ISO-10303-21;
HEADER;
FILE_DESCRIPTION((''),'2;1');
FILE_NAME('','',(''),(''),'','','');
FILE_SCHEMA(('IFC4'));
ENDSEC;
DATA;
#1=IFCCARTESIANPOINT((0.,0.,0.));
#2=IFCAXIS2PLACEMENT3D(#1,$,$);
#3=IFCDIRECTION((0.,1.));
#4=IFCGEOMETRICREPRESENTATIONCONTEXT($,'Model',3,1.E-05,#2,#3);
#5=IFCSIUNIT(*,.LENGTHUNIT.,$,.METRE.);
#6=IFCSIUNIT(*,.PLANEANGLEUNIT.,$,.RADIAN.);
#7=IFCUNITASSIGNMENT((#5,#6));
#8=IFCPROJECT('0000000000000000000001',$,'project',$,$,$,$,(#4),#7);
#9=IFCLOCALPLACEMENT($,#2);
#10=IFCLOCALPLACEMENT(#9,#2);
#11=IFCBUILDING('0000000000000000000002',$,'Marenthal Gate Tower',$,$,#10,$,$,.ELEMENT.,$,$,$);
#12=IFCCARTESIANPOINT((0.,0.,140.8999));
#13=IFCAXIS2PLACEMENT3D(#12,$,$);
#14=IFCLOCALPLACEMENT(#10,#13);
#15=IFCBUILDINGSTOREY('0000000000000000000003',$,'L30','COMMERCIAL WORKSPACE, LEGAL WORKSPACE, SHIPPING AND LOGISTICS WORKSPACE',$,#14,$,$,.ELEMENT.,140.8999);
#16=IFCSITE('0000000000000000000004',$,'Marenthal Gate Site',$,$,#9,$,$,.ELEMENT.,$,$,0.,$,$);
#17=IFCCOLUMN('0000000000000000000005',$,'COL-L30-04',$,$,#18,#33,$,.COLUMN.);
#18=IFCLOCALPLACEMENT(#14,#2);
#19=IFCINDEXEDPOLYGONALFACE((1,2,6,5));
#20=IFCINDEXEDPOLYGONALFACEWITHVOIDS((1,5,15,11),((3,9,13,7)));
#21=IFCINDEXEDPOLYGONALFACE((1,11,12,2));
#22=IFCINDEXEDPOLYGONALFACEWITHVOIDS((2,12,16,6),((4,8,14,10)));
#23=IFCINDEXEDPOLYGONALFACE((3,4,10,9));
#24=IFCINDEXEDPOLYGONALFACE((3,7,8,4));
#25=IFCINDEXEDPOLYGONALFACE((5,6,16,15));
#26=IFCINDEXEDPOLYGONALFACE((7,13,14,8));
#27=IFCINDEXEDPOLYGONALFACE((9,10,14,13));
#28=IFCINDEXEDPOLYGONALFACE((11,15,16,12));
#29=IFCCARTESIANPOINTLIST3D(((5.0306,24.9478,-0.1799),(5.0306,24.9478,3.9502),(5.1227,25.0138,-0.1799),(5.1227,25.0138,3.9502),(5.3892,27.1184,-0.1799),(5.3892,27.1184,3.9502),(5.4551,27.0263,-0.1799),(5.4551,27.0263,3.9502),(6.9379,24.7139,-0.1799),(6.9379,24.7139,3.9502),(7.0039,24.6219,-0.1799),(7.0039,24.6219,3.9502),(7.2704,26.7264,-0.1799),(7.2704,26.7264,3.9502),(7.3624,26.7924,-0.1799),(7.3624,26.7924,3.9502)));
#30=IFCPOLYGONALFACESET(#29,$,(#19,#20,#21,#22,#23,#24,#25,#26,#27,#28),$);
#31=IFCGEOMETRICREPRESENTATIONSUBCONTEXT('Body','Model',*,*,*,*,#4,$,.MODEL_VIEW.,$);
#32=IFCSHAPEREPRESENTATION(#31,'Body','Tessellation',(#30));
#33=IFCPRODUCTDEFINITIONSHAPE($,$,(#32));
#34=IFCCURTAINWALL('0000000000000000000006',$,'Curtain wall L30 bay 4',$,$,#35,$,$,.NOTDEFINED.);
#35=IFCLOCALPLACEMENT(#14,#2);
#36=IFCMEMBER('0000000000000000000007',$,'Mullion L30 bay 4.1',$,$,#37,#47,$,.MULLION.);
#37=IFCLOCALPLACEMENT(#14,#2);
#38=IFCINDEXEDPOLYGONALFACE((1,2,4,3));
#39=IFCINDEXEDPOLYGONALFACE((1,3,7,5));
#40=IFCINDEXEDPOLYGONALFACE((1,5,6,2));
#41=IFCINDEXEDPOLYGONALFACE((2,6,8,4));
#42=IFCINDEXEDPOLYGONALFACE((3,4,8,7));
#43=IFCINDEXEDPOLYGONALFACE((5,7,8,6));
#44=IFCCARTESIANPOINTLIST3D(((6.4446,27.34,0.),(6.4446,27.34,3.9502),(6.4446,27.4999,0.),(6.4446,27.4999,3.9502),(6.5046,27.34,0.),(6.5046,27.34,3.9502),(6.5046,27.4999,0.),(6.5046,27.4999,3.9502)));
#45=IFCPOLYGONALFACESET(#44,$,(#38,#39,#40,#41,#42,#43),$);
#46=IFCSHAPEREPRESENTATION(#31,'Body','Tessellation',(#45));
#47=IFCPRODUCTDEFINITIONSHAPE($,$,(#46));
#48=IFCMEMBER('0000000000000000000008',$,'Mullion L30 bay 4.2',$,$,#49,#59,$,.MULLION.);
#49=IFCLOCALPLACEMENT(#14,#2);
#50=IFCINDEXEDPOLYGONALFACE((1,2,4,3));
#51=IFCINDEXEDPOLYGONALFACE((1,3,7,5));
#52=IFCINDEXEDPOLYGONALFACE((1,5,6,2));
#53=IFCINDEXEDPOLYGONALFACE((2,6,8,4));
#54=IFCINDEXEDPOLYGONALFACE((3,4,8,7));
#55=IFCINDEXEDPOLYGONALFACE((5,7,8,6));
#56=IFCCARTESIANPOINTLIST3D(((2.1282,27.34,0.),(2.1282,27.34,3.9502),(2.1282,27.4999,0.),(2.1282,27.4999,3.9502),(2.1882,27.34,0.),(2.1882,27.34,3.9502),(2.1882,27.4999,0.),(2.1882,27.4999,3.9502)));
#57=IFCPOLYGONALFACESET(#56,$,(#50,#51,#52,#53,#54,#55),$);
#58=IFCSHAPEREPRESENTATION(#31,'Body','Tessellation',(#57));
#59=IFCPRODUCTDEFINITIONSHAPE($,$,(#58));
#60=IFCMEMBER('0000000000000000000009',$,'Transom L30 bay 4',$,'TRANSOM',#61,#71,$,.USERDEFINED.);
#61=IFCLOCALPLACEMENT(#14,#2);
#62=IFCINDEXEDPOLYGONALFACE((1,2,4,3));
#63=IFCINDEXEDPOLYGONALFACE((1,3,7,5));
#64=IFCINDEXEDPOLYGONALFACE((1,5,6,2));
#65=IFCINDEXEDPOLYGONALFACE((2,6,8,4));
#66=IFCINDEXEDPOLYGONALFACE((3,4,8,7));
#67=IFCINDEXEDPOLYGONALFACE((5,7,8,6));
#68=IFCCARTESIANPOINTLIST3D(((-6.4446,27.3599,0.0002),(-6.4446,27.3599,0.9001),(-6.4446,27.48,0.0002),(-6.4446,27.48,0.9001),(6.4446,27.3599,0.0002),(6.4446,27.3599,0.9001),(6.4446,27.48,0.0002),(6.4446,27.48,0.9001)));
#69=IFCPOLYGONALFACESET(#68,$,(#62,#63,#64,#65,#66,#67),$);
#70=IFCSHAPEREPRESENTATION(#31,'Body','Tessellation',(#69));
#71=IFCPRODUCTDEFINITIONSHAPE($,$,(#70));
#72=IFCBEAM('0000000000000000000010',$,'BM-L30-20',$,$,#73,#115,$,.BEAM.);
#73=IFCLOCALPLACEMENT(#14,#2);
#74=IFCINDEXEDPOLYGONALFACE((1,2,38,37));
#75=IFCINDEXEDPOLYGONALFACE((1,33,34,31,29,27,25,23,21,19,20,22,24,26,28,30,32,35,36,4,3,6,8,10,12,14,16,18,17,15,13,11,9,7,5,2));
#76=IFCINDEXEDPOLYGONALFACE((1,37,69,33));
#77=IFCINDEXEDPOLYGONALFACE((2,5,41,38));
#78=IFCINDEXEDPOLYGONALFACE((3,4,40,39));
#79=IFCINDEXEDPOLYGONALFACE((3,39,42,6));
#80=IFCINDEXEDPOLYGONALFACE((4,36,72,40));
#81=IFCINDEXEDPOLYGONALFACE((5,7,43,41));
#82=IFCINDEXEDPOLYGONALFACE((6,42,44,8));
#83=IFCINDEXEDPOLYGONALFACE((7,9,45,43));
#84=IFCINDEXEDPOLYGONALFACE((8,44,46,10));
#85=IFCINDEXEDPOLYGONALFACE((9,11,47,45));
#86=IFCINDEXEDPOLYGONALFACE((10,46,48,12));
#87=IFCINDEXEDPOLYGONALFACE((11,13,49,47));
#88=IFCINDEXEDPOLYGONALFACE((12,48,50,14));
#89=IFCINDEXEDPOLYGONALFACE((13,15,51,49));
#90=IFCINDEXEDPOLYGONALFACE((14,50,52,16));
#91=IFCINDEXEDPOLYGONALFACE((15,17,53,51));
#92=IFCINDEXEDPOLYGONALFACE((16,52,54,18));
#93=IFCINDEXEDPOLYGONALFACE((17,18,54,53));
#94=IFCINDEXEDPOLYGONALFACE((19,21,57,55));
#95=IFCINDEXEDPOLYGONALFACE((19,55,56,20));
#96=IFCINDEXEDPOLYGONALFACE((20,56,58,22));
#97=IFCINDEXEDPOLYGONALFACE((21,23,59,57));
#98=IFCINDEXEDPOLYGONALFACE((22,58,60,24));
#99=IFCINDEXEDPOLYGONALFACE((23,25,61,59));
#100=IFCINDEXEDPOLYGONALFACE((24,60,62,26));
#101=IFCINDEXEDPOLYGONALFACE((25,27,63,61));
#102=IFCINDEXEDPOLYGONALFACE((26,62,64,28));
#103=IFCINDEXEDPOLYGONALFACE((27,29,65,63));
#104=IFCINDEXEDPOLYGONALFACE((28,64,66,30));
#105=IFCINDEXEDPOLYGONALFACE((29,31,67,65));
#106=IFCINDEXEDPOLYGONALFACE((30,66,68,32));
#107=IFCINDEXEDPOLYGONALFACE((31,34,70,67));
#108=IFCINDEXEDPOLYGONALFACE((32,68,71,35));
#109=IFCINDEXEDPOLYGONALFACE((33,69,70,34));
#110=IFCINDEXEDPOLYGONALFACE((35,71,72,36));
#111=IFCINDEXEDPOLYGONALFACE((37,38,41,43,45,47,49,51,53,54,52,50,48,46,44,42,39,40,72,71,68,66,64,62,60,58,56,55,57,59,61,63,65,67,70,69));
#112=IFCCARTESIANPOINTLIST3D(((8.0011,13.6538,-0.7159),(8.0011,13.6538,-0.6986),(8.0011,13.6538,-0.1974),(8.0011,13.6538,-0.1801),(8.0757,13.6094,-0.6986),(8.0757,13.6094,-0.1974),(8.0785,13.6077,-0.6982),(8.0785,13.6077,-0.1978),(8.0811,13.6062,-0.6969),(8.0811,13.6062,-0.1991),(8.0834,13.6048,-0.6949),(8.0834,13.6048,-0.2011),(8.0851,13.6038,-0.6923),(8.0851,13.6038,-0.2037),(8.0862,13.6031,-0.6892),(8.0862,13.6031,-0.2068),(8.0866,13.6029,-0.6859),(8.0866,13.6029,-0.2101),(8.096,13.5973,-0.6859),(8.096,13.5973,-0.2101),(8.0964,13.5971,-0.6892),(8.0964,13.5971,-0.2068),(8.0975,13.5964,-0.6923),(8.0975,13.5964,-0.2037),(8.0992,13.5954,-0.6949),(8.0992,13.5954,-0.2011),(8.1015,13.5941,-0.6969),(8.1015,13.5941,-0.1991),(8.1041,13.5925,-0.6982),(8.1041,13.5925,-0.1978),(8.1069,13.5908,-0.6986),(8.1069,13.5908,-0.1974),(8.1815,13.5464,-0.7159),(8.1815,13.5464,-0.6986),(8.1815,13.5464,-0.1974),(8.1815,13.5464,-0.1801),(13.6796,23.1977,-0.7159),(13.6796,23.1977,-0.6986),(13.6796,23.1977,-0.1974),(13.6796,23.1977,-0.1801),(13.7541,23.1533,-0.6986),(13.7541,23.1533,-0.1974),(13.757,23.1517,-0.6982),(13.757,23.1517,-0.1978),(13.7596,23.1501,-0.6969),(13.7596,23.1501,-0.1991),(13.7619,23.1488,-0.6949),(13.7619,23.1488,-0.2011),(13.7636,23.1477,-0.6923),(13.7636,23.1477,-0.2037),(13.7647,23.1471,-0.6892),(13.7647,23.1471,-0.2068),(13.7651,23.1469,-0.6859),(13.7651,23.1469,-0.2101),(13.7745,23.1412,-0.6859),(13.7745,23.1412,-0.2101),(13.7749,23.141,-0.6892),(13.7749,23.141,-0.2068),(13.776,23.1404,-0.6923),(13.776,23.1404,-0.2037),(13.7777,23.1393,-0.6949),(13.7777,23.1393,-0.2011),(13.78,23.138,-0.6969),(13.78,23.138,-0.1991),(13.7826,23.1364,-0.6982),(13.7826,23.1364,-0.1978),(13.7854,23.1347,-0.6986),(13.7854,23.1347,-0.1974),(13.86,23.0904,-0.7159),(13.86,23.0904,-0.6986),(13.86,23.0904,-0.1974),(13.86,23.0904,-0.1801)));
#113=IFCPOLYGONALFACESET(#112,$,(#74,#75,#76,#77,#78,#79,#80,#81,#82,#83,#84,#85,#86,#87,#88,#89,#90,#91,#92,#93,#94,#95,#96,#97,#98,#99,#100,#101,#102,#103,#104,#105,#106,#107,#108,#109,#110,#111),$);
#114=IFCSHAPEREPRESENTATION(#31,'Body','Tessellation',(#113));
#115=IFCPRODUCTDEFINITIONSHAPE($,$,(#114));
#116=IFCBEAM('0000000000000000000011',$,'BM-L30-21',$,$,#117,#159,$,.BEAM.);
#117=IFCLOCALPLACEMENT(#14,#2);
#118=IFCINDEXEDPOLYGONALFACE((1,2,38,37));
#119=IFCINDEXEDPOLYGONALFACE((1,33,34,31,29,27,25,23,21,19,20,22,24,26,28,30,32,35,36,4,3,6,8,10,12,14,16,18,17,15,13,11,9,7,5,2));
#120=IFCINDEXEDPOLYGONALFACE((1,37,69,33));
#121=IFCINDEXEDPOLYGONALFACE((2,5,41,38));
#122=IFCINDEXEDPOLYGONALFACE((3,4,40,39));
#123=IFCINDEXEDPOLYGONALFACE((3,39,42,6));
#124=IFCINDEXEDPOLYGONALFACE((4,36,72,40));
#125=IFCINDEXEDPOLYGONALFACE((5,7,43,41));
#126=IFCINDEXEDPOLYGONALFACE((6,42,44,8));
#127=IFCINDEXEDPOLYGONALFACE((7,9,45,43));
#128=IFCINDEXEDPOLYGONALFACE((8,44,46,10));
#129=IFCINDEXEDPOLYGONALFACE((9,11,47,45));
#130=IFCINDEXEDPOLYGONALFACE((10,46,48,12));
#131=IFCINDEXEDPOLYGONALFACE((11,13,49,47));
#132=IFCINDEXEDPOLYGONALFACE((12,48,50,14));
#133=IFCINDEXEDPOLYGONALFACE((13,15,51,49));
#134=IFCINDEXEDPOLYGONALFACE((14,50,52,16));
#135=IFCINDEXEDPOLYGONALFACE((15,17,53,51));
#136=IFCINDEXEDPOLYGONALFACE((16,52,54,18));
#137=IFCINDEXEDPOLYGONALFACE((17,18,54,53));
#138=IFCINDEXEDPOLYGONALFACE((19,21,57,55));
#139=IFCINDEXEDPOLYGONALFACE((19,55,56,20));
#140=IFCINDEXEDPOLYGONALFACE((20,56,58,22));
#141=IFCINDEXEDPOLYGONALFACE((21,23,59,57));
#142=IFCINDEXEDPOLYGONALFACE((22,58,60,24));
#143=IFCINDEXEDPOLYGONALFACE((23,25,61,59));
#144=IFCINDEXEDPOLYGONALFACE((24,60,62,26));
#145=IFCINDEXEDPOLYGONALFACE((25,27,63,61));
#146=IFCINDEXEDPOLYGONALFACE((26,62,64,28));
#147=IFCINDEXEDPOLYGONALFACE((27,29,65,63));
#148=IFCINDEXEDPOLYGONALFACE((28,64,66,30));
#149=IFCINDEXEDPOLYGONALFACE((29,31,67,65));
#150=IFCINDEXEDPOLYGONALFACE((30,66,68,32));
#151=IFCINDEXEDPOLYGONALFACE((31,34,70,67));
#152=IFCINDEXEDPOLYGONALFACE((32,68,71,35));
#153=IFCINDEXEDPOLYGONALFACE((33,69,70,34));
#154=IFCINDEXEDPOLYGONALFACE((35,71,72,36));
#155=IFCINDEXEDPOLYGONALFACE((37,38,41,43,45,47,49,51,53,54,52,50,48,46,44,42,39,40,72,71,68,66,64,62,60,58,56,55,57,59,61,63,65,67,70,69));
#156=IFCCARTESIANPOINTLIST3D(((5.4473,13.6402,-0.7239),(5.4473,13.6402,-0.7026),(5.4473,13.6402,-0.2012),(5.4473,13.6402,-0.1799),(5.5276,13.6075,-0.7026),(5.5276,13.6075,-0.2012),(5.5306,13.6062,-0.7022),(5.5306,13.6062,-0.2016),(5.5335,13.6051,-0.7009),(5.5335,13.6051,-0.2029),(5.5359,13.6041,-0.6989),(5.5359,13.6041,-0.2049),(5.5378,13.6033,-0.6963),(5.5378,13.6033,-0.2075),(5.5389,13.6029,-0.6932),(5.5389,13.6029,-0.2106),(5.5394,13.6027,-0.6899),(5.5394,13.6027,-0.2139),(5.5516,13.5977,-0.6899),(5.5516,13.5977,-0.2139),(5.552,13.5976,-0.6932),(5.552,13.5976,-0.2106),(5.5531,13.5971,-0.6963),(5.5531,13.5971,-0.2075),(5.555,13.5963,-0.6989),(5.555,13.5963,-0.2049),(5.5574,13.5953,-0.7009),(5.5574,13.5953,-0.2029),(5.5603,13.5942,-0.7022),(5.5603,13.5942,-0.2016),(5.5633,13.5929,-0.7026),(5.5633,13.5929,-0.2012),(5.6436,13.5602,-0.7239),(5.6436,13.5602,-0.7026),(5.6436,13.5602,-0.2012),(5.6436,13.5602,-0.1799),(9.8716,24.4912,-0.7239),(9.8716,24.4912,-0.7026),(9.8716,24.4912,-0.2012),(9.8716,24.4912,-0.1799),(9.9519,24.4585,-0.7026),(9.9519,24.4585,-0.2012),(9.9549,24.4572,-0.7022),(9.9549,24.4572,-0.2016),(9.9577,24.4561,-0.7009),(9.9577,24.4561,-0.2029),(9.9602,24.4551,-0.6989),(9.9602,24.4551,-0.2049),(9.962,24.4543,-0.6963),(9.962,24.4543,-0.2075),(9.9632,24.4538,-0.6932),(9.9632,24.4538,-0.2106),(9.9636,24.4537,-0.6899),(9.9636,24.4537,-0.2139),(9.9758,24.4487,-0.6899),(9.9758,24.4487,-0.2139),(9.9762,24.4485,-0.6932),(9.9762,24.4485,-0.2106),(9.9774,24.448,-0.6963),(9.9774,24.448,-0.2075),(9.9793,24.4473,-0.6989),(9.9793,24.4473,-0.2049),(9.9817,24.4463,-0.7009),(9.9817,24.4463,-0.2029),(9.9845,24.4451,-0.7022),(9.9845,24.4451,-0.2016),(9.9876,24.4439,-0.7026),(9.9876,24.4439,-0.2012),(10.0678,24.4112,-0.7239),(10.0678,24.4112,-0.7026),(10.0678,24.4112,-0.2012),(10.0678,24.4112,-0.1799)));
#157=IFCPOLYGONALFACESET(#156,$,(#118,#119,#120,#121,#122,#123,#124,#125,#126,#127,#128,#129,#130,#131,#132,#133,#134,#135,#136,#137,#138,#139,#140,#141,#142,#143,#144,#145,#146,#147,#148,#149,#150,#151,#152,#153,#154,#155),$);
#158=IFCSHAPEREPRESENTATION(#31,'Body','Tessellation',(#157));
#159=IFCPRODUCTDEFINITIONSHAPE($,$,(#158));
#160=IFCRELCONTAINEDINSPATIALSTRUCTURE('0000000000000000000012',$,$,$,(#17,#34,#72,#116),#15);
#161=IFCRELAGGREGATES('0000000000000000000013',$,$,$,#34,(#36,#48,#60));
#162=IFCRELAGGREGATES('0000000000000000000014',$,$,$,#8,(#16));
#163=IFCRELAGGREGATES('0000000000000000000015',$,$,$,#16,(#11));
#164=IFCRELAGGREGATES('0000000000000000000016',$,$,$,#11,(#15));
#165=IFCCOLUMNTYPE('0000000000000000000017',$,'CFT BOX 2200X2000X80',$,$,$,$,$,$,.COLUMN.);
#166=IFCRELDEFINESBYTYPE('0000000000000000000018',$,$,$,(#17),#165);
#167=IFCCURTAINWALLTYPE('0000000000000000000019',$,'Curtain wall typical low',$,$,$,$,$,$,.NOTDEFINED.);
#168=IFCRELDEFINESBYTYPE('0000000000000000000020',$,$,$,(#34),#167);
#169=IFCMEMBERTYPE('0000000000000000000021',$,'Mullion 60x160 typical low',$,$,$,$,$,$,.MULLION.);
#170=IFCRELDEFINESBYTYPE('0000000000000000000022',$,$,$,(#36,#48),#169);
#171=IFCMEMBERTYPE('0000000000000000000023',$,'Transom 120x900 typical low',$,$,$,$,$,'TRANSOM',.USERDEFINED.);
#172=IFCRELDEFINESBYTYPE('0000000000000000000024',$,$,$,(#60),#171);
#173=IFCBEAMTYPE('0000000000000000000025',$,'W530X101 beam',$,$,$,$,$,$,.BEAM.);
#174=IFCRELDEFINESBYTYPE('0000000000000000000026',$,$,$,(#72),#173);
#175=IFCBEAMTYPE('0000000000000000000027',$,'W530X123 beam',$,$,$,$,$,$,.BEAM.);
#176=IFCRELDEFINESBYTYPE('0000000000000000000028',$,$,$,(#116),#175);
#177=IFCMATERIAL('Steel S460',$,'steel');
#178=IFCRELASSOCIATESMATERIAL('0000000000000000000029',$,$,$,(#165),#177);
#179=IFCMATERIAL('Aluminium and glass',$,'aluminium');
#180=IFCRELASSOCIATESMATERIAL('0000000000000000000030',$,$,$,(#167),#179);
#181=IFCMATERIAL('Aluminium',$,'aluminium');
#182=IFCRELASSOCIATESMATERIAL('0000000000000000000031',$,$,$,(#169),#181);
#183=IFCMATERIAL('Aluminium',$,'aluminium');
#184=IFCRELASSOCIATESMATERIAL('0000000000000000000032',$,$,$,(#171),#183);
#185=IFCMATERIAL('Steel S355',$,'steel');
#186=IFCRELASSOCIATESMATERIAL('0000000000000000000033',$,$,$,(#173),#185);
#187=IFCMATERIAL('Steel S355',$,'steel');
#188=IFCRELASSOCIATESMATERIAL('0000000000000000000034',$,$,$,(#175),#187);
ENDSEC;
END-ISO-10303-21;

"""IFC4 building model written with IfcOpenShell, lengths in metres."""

from ifc_helpers import new_model, si_unit, direction, frame, origin, origin_2d, place, context, subcontext, project, spatial, rectangle, hollow_rectangle, i_section, extrude, material, material_profile, profile_set, type_object, element, aggregate, save


model = new_model("IFC4")

# Units and contexts
model_context = context("Model", 3, precision=1e-05, world=origin(), true_north=direction((0.0, 1.0)))
body_context = subcontext(model_context, "Body", "Model", "MODEL_VIEW")
ifc_project = project(units=[si_unit("LENGTHUNIT", "METRE"), si_unit("PLANEANGLEUNIT", "RADIAN")], contexts=[model_context])

# Site, building, storey
site_placement = place(None, origin())
site = spatial("IfcSite", under=ifc_project, at=site_placement, Name="Marenthal Gate Site", CompositionType="ELEMENT", RefElevation=0.0)
building_placement = place(site_placement, origin())
building = spatial("IfcBuilding", under=site, at=building_placement, Name="Marenthal Gate Tower", CompositionType="ELEMENT")
storey_placement = place(building_placement, frame((0.0, 0.0, 140.8999)))
storey = spatial("IfcBuildingStorey", under=building, at=storey_placement, Name="L30", Description="COMMERCIAL WORKSPACE, LEGAL WORKSPACE, SHIPPING AND LOGISTICS WORKSPACE", CompositionType="ELEMENT", Elevation=140.8999)

# Column
ifc_material_1 = material(Name="Steel S460", Category="steel")
ifc_material_profile_1 = material_profile(ifc_material_1, hollow_rectangle(XDim=2.0, YDim=2.2, WallThickness=0.0801, at=origin_2d()), Name="CFT BOX 2200X2000X80")
ifc_material_2 = material(Name="Concrete 70 MPa", Category="concrete")
ifc_material_profile_2 = material_profile(ifc_material_2, rectangle(XDim=1.8401, YDim=2.04, at=origin_2d()), Name="CFT BOX 2200X2000X80 INFILL")
ifc_profile_set_1 = profile_set([ifc_material_profile_1, ifc_material_profile_2], Name="Steel S460 shell, Concrete 70 MPa infill")
column_type = type_object("IfcColumnType", Name="CFT BOX 2200X2000X80", PredefinedType="COLUMN", material=ifc_profile_set_1)
column_placement = place(storey_placement, frame((6.1965, 25.8701, -0.1799), z_axis=(0.0, 0.0, 1.0), x_axis=(0.986629, -0.16298, 0.0)))
element("IfcColumn", 1, at=column_placement, inside=storey, type_object=column_type, Name="COL-L30-04", PredefinedType="COLUMN", context=body_context, shape_type="SweptSolid", body=[
    extrude(hollow_rectangle(XDim=2.0, YDim=2.2, WallThickness=0.0801, at=origin_2d()), origin(), (0.0, 0.0, 1.0), 4.1301),
])

# Curtain wall, members
ifc_material_3 = material(Name="Aluminium and glass", Category="aluminium")
curtain_wall_type = type_object("IfcCurtainWallType", Name="Curtain wall typical low", PredefinedType="NOTDEFINED", material=ifc_material_3)
curtain_wall_placement = place(storey_placement, origin())
curtain_wall = element("IfcCurtainWall", 2, at=curtain_wall_placement, inside=storey, type_object=curtain_wall_type, Name="Curtain wall L30 bay 4", PredefinedType="NOTDEFINED")
ifc_material_4 = material(Name="Aluminium", Category="aluminium")
ifc_material_profile_3 = material_profile(ifc_material_4, rectangle(XDim=0.1599, YDim=0.0601, at=origin_2d()), Name="60x160 aluminium mullion")
ifc_profile_set_2 = profile_set([ifc_material_profile_3], Name="Aluminium")
member_type_1 = type_object("IfcMemberType", Name="Mullion 60x160 typical low", PredefinedType="MULLION", material=ifc_profile_set_2)
member_1_placement = place(storey_placement, frame((6.4746, 27.4199, 0.0), z_axis=(0.0, 0.0, 1.0), x_axis=(0.0, -1.0, 0.0)))
member_1 = element("IfcMember", 3, at=member_1_placement, type_object=member_type_1, Name="Mullion L30 bay 4.1", PredefinedType="MULLION", context=body_context, shape_type="SweptSolid", body=[
    extrude(rectangle(XDim=0.1599, YDim=0.0601, at=origin_2d()), origin(), (0.0, 0.0, 1.0), 3.9502),
])
member_2_placement = place(storey_placement, frame((2.1582, 27.4199, 0.0), z_axis=(0.0, 0.0, 1.0), x_axis=(0.0, -1.0, 0.0)))
member_2 = element("IfcMember", 4, at=member_2_placement, type_object=member_type_1, Name="Mullion L30 bay 4.2", PredefinedType="MULLION", context=body_context, shape_type="SweptSolid", body=[
    extrude(rectangle(XDim=0.1599, YDim=0.0601, at=origin_2d()), origin(), (0.0, 0.0, 1.0), 3.9502),
])
ifc_material_5 = material(Name="Aluminium", Category="aluminium")
ifc_material_profile_4 = material_profile(ifc_material_5, rectangle(XDim=0.1201, YDim=0.8999, at=origin_2d()), Name="120x900 aluminium transom")
ifc_profile_set_3 = profile_set([ifc_material_profile_4], Name="Aluminium")
member_type_2 = type_object("IfcMemberType", Name="Transom 120x900 typical low", ElementType="TRANSOM", PredefinedType="USERDEFINED", material=ifc_profile_set_3)
member_3_placement = place(storey_placement, frame((6.4446, 27.4199, 0.4502), z_axis=(-1.0, 0.0, 0.0), x_axis=(0.0, -1.0, 0.0)))
member_3 = element("IfcMember", 5, at=member_3_placement, type_object=member_type_2, Name="Transom L30 bay 4", ObjectType="TRANSOM", PredefinedType="USERDEFINED", context=body_context, shape_type="SweptSolid", body=[
    extrude(rectangle(XDim=0.1201, YDim=0.8999, at=origin_2d()), origin(), (0.0, 0.0, 1.0), 12.8892),
])

# Beams
ifc_material_6 = material(Name="Steel S355", Category="steel")
ifc_material_profile_5 = material_profile(ifc_material_6, i_section(OverallWidth=0.21, OverallDepth=0.5359, WebThickness=0.011, FlangeThickness=0.0173, FilletRadius=0.0127, at=origin_2d()), Name="W530X101")
ifc_profile_set_4 = profile_set([ifc_material_profile_5], Name="Steel S355")
beam_type_1 = type_object("IfcBeamType", Name="W530X101 beam", PredefinedType="BEAM", material=ifc_profile_set_4)
beam_1_placement = place(storey_placement, frame((13.7698, 23.144, -0.448), z_axis=(-0.511321, -0.85939, 0.0), x_axis=(0.85939, -0.511321, 0.0)))
element("IfcBeam", 6, at=beam_1_placement, inside=storey, type_object=beam_type_1, Name="BM-L30-20", PredefinedType="BEAM", context=body_context, shape_type="SweptSolid", body=[
    extrude(i_section(OverallWidth=0.21, OverallDepth=0.5359, WebThickness=0.011, FlangeThickness=0.0173, FilletRadius=0.0127, at=origin_2d()), origin(), (0.0, 0.0, 1.0), 11.1055),
])
ifc_material_7 = material(Name="Steel S355", Category="steel")
ifc_material_profile_6 = material_profile(ifc_material_7, i_section(OverallWidth=0.2119, OverallDepth=0.5439, WebThickness=0.0132, FlangeThickness=0.0212, FilletRadius=0.0127, at=origin_2d()), Name="W530X123")
ifc_profile_set_5 = profile_set([ifc_material_profile_6], Name="Steel S355")
beam_type_2 = type_object("IfcBeamType", Name="W530X123 beam", PredefinedType="BEAM", material=ifc_profile_set_5)
beam_2_placement = place(storey_placement, frame((9.9697, 24.4512, -0.4519), z_axis=(-0.377554, -0.925988, 0.0), x_axis=(0.925988, -0.377554, 0.0)))
element("IfcBeam", 7, at=beam_2_placement, inside=storey, type_object=beam_type_2, Name="BM-L30-21", PredefinedType="BEAM", context=body_context, shape_type="SweptSolid", body=[
    extrude(i_section(OverallWidth=0.2119, OverallDepth=0.5439, WebThickness=0.0132, FlangeThickness=0.0212, FilletRadius=0.0127, at=origin_2d()), origin(), (0.0, 0.0, 1.0), 11.7183),
])

aggregate(curtain_wall, [member_1, member_2, member_3])

save(model, "model.ifc")
